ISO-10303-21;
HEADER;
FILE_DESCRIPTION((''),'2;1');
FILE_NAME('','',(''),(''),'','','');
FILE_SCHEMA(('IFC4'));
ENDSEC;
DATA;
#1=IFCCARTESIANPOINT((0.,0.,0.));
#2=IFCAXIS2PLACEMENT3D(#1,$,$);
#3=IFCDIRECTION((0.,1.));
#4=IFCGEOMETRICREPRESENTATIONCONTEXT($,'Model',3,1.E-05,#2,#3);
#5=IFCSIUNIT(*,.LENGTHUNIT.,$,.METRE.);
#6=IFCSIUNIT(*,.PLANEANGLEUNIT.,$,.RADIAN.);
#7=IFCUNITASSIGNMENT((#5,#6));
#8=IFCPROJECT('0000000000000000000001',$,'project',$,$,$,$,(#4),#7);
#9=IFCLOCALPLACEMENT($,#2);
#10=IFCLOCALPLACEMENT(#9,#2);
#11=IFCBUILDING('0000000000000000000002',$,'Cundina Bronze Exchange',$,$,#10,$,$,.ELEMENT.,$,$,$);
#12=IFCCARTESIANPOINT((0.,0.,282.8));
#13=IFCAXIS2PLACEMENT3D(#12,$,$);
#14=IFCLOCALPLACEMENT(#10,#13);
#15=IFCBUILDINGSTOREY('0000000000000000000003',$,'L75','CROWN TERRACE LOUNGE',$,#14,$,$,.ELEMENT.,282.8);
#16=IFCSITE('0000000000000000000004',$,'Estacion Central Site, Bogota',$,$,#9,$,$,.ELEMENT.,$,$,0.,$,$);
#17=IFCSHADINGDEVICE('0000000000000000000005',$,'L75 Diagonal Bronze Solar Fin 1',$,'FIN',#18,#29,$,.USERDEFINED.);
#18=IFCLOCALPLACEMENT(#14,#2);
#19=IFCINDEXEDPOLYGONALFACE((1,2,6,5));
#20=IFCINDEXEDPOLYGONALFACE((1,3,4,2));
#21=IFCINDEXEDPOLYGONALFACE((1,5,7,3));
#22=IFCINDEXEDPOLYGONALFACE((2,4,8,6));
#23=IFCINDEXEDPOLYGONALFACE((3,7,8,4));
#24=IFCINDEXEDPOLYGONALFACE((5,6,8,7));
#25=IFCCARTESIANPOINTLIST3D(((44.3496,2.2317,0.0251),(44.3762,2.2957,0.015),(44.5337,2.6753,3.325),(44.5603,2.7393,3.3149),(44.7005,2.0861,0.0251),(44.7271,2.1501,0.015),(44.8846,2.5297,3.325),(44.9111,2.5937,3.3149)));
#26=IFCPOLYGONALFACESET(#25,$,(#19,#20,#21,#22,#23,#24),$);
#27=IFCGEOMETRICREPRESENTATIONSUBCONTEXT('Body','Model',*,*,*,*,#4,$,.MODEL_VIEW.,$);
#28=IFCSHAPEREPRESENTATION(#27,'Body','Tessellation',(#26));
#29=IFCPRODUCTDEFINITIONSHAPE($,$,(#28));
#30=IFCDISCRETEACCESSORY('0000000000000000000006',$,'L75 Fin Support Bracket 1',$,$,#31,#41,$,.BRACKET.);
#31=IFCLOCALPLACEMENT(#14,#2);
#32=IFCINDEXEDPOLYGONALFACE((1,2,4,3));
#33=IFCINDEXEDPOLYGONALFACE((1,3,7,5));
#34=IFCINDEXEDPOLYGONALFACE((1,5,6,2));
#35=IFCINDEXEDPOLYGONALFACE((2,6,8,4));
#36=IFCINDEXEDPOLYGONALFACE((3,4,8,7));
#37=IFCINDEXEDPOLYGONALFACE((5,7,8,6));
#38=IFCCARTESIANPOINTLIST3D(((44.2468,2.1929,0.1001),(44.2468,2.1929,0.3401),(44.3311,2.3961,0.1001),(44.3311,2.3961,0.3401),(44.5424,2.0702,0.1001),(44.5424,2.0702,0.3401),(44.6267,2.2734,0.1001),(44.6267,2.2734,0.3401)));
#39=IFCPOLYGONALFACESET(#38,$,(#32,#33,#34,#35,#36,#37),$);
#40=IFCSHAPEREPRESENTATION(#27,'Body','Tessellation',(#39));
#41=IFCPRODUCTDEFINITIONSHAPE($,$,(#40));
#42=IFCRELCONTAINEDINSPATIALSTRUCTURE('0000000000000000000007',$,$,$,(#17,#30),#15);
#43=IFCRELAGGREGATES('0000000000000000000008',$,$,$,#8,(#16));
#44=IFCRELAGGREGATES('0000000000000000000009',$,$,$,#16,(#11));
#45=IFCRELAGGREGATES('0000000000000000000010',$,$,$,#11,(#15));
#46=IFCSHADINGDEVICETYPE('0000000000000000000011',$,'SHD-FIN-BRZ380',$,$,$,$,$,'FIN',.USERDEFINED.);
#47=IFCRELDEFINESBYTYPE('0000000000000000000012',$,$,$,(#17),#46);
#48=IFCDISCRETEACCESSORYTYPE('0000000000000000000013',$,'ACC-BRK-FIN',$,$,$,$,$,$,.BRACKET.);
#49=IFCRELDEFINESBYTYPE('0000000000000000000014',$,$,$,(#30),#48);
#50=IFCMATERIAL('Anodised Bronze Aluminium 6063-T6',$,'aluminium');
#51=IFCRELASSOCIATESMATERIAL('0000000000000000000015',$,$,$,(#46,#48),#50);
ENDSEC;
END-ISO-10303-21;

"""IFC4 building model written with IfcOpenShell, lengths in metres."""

from ifc_helpers import new_model, si_unit, direction, frame, origin, origin_2d, place, context, subcontext, project, spatial, rectangle, extrude, material, material_profile, profile_set, type_object, element, save


model = new_model("IFC4")

# Units and contexts
model_context = context("Model", 3, precision=1e-05, world=origin(), true_north=direction((0.0, 1.0)))
body_context = subcontext(model_context, "Body", "Model", "MODEL_VIEW")
ifc_project = project(units=[si_unit("LENGTHUNIT", "METRE"), si_unit("PLANEANGLEUNIT", "RADIAN")], contexts=[model_context])

# Site, building, storey
site_placement = place(None, origin())
site = spatial("IfcSite", under=ifc_project, at=site_placement, Name="Estacion Central Site, Bogota", CompositionType="ELEMENT", RefElevation=0.0)
building_placement = place(site_placement, origin())
building = spatial("IfcBuilding", under=site, at=building_placement, Name="Cundina Bronze Exchange", CompositionType="ELEMENT")
storey_placement = place(building_placement, frame((0.0, 0.0, 282.8)))
storey = spatial("IfcBuildingStorey", under=building, at=storey_placement, Name="L75", Description="CROWN TERRACE LOUNGE", CompositionType="ELEMENT", Elevation=282.8)

# Shared definitions
ifc_material_1 = material(Name="Anodised Bronze Aluminium 6063-T6", Category="aluminium")

# Shading device
ifc_material_profile_1 = material_profile(ifc_material_1, rectangle(XDim=0.0701, YDim=0.3799, at=origin_2d()), Name="FIN70X380", Category="aluminium")
ifc_profile_set_1 = profile_set([ifc_material_profile_1], Name="Anodised Bronze Aluminium 6063-T6")
shading_device_type = type_object("IfcShadingDeviceType", Name="SHD-FIN-BRZ380", ElementType="FIN", PredefinedType="USERDEFINED", material=ifc_profile_set_1)
shading_device_placement = place(storey_placement, frame((44.5383, 2.1909, 0.02), z_axis=(0.0552, 0.133022, 0.989575), x_axis=(-0.379284, -0.914003, 0.14402)))
element("IfcShadingDevice", 1, at=shading_device_placement, inside=storey, type_object=shading_device_type, Name="L75 Diagonal Bronze Solar Fin 1", ObjectType="FIN", PredefinedType="USERDEFINED", context=body_context, shape_type="SweptSolid", body=[
    extrude(rectangle(XDim=0.0701, YDim=0.3799, at=origin_2d()), origin(), (0.0, 0.0, 1.0), 3.3347),
])

# Discrete accessory
discrete_accessory_type = type_object("IfcDiscreteAccessoryType", Name="ACC-BRK-FIN", PredefinedType="BRACKET", material=ifc_material_1)
discrete_accessory_placement = place(storey_placement, frame((44.4368, 2.2332, 0.1001), z_axis=(0.0, 0.0, 1.0), x_axis=(0.383232, 0.923652, 0.0)))
element("IfcDiscreteAccessory", 2, at=discrete_accessory_placement, inside=storey, type_object=discrete_accessory_type, Name="L75 Fin Support Bracket 1", PredefinedType="BRACKET", context=body_context, shape_type="SweptSolid", body=[
    extrude(rectangle(XDim=0.22, YDim=0.3201, at=origin_2d()), origin(), (0.0, 0.0, 1.0), 0.24),
])

save(model, "model.ifc")
